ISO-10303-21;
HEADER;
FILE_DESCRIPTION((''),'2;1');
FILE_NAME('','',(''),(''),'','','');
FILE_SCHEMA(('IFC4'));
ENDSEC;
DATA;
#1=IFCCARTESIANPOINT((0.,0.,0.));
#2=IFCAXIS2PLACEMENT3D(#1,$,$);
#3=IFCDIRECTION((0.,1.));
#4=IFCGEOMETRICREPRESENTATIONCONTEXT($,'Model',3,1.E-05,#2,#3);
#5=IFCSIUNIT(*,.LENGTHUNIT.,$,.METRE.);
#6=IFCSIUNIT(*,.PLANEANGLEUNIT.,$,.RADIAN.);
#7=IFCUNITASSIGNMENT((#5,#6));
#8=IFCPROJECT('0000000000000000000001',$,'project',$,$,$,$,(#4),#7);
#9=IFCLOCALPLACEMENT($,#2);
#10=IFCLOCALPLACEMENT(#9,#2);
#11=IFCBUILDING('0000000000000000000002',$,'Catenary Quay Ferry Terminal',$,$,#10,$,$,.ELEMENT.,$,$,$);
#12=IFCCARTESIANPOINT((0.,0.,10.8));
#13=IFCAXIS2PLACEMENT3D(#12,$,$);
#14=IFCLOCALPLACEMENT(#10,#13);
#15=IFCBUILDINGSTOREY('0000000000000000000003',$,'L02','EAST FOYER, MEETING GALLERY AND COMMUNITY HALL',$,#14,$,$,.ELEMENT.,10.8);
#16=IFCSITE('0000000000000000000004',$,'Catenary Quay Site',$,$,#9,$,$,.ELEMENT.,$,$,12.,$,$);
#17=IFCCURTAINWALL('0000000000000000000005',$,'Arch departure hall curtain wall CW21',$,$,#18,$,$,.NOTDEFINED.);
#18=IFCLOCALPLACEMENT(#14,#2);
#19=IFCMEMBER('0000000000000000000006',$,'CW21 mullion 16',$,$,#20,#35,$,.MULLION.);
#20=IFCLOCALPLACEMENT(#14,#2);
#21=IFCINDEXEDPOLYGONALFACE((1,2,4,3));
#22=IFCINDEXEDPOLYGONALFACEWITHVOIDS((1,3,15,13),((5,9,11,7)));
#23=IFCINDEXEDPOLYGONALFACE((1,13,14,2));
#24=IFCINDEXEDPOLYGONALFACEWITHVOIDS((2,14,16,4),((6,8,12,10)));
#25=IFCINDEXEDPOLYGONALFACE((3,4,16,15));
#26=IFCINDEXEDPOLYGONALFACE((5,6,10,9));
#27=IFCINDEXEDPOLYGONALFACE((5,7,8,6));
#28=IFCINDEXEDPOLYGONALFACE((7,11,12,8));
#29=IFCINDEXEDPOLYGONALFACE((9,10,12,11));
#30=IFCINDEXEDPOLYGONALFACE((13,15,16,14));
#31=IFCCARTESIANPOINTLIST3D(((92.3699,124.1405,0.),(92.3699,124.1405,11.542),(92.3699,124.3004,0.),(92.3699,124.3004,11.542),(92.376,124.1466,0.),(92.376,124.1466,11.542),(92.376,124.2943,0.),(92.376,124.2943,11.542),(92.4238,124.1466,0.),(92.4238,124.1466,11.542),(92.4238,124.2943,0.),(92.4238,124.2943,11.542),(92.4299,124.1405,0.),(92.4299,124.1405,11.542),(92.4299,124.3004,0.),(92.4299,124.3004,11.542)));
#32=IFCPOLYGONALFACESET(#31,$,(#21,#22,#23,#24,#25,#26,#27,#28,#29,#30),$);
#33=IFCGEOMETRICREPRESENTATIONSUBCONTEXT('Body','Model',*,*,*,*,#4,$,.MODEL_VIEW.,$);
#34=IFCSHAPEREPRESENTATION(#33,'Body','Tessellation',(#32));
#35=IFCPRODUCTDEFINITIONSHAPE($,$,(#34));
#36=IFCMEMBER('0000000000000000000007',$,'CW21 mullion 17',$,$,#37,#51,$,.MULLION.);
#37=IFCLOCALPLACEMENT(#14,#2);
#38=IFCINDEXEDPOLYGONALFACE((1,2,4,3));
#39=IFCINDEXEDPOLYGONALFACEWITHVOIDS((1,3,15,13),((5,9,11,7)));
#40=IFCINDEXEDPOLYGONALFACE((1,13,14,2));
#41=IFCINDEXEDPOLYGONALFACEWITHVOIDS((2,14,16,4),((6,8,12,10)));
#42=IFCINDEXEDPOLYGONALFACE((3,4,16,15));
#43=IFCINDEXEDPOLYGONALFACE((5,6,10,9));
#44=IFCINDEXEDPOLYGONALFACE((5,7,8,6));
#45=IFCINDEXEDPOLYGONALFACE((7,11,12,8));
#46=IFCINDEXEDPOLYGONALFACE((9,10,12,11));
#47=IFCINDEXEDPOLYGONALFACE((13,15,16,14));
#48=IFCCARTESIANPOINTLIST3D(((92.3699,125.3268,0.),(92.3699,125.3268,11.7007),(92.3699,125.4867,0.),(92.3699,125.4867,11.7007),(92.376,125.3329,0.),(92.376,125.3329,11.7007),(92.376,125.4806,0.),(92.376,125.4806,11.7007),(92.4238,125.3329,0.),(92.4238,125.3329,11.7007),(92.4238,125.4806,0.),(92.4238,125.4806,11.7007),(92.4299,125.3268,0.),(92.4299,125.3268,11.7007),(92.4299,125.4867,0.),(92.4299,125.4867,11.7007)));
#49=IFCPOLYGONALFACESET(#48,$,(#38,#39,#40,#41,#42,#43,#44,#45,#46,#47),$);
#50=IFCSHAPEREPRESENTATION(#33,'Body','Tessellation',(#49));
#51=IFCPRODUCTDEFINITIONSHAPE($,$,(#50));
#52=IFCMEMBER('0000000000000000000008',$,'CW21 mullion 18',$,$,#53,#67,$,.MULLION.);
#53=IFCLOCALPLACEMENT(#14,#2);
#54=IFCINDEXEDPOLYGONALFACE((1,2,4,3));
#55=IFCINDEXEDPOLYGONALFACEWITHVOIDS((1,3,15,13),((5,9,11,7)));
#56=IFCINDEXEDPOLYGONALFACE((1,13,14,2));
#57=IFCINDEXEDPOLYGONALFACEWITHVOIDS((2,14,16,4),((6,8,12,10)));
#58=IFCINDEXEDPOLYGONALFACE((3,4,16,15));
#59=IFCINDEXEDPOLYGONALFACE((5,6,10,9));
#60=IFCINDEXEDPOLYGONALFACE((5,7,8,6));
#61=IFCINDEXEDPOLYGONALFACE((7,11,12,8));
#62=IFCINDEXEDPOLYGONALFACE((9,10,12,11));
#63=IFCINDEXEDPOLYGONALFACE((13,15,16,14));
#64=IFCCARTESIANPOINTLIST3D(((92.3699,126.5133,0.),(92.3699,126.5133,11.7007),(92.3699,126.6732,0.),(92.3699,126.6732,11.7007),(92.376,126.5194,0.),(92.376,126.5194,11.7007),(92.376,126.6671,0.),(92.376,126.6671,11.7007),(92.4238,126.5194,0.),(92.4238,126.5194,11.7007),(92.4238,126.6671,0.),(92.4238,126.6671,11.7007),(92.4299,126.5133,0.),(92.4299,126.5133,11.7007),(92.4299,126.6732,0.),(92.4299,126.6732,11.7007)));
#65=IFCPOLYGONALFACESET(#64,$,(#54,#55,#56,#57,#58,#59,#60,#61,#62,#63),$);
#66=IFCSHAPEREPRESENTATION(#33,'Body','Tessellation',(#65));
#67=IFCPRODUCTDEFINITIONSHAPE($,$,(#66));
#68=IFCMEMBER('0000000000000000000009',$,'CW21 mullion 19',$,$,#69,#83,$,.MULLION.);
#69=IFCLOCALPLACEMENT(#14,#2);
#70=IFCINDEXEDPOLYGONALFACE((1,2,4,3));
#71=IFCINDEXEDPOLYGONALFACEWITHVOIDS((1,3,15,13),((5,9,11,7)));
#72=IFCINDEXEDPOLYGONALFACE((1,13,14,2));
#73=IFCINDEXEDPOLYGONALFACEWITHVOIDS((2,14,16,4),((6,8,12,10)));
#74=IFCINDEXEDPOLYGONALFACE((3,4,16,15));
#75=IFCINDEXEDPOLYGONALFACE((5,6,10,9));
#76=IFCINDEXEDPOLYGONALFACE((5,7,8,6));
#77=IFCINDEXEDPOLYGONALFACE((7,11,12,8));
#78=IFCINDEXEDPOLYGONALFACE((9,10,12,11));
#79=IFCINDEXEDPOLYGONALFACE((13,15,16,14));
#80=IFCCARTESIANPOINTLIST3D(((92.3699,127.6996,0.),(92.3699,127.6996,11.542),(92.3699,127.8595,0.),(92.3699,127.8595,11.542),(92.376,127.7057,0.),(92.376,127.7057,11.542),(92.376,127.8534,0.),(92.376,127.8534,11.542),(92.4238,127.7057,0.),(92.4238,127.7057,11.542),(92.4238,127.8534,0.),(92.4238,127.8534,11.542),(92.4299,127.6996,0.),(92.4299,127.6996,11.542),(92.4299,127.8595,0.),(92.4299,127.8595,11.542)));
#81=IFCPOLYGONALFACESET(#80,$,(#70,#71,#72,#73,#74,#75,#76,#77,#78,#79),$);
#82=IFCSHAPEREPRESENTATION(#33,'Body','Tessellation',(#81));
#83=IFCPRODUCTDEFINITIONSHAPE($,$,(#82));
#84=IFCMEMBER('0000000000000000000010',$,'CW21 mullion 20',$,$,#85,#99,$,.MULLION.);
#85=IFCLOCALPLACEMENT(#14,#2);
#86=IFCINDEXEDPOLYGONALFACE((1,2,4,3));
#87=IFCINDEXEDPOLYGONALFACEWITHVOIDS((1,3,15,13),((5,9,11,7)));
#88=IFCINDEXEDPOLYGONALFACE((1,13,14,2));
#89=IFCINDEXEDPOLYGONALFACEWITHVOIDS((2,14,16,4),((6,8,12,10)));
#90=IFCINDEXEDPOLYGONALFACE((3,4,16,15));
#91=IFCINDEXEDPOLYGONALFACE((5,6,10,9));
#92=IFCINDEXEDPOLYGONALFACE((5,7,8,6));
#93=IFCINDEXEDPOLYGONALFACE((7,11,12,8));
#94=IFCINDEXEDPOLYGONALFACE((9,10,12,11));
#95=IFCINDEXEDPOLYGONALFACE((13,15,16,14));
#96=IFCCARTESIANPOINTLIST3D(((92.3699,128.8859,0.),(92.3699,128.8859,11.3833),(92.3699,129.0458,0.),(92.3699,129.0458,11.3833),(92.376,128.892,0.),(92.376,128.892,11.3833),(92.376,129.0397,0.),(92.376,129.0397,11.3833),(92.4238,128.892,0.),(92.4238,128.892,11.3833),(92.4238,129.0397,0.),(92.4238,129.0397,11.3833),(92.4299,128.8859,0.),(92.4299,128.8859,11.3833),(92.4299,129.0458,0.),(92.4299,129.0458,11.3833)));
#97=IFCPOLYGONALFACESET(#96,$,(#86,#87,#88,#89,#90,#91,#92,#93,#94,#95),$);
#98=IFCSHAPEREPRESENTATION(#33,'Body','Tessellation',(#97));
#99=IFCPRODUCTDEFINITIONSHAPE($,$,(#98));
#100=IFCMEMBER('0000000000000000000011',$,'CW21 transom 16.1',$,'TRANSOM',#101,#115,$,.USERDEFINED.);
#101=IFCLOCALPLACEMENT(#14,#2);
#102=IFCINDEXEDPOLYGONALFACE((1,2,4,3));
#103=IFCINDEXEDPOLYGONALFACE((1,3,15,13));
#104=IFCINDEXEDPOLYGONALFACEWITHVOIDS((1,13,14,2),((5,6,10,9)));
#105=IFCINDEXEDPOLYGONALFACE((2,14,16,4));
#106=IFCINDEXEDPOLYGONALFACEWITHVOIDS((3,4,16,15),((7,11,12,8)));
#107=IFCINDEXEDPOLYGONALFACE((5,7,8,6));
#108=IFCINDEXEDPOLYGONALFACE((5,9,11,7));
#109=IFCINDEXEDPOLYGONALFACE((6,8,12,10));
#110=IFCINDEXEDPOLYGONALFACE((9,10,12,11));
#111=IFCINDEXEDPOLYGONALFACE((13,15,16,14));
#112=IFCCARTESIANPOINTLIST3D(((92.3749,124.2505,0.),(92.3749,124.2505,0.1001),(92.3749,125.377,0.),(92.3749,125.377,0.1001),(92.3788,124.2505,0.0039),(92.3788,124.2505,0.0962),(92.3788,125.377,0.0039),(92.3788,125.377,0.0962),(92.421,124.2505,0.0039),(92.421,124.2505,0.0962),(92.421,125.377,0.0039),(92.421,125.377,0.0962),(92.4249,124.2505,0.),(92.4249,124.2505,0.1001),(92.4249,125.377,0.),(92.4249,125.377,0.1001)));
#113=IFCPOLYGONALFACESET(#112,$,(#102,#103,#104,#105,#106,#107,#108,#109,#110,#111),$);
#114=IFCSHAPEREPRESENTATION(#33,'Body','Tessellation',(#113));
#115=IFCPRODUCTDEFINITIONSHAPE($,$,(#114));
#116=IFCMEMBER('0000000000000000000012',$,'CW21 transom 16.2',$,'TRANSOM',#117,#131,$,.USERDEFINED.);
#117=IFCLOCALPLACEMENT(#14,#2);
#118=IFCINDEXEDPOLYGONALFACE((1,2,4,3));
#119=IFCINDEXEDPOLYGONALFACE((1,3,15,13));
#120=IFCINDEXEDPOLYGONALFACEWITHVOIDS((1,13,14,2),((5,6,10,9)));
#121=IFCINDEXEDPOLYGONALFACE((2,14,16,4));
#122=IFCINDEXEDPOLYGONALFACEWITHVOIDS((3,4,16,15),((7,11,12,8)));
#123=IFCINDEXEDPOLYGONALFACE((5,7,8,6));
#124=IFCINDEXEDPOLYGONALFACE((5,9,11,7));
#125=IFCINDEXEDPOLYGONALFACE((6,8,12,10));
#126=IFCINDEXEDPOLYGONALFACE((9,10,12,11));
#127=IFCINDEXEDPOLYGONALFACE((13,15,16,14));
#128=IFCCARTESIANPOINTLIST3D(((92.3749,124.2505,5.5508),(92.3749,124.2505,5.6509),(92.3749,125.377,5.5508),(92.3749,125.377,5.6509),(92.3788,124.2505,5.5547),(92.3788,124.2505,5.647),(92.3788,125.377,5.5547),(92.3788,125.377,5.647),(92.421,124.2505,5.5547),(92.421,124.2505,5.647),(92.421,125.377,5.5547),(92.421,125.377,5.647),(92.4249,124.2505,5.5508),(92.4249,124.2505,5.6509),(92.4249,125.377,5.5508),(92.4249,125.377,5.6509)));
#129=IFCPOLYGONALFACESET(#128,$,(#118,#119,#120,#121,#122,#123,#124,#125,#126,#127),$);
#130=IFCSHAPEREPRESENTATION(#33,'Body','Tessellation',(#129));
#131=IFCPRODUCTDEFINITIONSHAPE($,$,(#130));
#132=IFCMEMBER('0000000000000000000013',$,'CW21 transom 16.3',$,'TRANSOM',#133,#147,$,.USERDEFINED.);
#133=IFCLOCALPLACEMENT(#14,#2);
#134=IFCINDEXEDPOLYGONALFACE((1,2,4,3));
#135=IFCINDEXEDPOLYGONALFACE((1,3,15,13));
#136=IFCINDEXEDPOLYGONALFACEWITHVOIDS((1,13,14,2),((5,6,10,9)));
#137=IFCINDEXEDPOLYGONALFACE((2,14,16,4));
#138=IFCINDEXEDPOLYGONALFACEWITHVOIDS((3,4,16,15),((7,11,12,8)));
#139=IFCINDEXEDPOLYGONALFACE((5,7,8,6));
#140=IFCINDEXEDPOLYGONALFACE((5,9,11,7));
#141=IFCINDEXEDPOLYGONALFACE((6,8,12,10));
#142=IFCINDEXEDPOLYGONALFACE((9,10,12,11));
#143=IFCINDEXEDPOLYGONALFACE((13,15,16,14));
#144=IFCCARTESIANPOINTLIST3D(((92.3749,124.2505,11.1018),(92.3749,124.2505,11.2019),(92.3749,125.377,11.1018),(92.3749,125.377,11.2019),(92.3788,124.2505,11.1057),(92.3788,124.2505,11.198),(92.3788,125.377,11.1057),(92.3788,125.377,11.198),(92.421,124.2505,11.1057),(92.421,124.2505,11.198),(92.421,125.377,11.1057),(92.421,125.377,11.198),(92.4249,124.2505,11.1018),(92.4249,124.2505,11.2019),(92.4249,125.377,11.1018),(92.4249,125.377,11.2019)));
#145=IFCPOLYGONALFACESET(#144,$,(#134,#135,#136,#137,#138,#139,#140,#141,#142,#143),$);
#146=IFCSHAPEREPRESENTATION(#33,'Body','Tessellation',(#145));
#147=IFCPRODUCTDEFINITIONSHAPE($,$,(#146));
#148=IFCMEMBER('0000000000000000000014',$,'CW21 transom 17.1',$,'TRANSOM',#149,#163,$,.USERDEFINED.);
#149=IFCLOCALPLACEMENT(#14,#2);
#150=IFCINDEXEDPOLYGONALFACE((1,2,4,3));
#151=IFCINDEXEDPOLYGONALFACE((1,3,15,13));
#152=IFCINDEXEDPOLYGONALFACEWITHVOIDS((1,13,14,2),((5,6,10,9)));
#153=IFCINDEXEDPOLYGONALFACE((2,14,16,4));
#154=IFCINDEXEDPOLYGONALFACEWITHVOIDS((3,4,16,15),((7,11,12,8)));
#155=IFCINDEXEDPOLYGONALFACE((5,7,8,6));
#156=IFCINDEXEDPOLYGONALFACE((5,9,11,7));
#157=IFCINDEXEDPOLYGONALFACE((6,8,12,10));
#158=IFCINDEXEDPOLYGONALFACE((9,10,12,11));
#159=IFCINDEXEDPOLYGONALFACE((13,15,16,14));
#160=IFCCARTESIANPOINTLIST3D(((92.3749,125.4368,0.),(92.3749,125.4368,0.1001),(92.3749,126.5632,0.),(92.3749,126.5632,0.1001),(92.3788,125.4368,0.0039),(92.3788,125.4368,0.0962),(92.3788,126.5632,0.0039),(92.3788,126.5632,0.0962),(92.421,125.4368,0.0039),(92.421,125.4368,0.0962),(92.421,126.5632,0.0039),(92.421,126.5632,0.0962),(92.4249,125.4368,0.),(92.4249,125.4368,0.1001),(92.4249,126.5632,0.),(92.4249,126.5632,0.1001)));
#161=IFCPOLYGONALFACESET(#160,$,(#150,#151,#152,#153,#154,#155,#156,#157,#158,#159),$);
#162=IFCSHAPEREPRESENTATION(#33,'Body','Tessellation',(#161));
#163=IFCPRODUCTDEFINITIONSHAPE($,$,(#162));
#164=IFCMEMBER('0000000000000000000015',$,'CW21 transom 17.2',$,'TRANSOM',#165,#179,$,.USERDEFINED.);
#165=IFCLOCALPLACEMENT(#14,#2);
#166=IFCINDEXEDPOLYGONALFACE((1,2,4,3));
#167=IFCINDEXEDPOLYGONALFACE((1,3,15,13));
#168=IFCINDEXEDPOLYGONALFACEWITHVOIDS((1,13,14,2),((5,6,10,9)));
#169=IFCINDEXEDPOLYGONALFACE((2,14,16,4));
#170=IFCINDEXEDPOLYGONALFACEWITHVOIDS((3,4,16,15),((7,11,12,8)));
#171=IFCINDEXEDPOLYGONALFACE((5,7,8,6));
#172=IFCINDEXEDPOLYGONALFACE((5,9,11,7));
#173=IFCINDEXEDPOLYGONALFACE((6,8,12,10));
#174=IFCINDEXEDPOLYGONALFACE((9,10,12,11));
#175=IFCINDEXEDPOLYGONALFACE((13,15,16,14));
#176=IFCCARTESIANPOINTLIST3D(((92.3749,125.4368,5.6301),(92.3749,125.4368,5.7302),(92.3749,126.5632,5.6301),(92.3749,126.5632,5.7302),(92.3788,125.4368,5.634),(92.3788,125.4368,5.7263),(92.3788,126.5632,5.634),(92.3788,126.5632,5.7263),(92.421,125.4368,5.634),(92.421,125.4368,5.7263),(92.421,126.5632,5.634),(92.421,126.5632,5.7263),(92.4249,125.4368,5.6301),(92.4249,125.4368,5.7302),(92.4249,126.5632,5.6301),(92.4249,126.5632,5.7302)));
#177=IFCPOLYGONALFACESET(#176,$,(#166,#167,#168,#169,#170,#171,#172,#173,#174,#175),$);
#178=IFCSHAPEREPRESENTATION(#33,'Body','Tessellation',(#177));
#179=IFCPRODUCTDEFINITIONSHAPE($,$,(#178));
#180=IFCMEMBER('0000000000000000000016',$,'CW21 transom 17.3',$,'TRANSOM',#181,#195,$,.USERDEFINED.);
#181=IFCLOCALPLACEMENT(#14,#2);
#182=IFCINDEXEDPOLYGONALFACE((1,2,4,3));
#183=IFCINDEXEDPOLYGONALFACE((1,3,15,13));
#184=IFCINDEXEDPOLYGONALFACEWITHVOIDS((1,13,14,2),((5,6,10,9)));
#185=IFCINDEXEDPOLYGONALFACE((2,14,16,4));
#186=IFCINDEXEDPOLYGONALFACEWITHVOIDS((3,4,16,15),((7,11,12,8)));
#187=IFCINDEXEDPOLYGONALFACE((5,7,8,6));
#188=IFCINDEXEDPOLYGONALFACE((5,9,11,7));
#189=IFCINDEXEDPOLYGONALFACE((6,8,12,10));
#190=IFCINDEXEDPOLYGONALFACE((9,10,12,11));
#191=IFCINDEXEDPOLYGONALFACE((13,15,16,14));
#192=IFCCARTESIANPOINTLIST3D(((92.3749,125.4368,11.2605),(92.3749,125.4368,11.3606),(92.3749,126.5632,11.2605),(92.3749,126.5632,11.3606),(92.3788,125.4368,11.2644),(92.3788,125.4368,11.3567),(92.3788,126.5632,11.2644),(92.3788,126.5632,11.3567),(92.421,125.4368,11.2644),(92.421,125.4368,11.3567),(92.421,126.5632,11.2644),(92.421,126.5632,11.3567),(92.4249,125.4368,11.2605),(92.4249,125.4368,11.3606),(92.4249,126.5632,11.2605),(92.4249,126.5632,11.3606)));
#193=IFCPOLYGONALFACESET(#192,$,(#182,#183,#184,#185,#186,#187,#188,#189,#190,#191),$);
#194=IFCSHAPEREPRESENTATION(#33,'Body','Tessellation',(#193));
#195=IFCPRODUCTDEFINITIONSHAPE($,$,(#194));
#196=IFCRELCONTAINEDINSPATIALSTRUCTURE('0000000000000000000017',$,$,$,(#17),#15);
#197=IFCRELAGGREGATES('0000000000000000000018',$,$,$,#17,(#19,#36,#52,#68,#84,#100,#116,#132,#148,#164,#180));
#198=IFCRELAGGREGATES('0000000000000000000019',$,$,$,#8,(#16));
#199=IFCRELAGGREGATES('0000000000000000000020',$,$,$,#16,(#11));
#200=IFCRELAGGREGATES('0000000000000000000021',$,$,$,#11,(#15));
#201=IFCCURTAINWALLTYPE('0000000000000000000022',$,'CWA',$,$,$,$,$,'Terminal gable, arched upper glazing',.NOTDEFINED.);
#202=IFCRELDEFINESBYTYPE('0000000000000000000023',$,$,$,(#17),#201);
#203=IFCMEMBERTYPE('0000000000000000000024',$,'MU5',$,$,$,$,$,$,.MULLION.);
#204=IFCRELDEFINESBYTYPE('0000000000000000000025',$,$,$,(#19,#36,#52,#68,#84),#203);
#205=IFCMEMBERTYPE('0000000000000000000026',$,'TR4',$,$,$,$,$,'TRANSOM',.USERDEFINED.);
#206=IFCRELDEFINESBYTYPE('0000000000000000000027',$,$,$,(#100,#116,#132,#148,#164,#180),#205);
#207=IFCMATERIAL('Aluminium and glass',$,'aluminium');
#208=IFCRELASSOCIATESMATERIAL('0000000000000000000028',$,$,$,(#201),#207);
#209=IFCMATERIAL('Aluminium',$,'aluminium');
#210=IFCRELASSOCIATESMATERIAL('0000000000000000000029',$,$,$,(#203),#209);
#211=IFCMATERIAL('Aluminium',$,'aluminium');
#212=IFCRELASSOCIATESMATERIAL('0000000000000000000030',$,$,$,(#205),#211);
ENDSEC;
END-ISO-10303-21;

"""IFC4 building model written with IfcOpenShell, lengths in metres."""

from ifc_helpers import new_model, si_unit, direction, frame, origin, origin_2d, place, context, subcontext, project, spatial, hollow_rectangle, extrude, material, material_profile, profile_set, type_object, element, aggregate, save


model = new_model("IFC4")

# Units and contexts
model_context = context("Model", 3, precision=1e-05, world=origin(), true_north=direction((0.0, 1.0)))
body_context = subcontext(model_context, "Body", "Model", "MODEL_VIEW")
ifc_project = project(units=[si_unit("LENGTHUNIT", "METRE"), si_unit("PLANEANGLEUNIT", "RADIAN")], contexts=[model_context])

# Site, building, storey
site_placement = place(None, origin())
site = spatial("IfcSite", under=ifc_project, at=site_placement, Name="Catenary Quay Site", CompositionType="ELEMENT", RefElevation=12.0)
building_placement = place(site_placement, origin())
building = spatial("IfcBuilding", under=site, at=building_placement, Name="Catenary Quay Ferry Terminal", CompositionType="ELEMENT")
storey_placement = place(building_placement, frame((0.0, 0.0, 10.8)))
storey = spatial("IfcBuildingStorey", under=building, at=storey_placement, Name="L02", Description="EAST FOYER, MEETING GALLERY AND COMMUNITY HALL", CompositionType="ELEMENT", Elevation=10.8)

# Curtain wall, members
ifc_material_1 = material(Name="Aluminium and glass", Category="aluminium")
curtain_wall_type = type_object("IfcCurtainWallType", Name="CWA", ElementType="Terminal gable, arched upper glazing", PredefinedType="NOTDEFINED", material=ifc_material_1)
curtain_wall_placement = place(storey_placement, origin())
curtain_wall = element("IfcCurtainWall", 1, at=curtain_wall_placement, inside=storey, type_object=curtain_wall_type, Name="Arch departure hall curtain wall CW21", PredefinedType="NOTDEFINED")
ifc_material_2 = material(Name="Aluminium", Category="aluminium")
ifc_material_profile_1 = material_profile(ifc_material_2, hollow_rectangle(XDim=0.0601, YDim=0.1599, WallThickness=0.0061, at=origin_2d()), Name="MU5")
ifc_profile_set_1 = profile_set([ifc_material_profile_1], Name="Aluminium")
member_type_1 = type_object("IfcMemberType", Name="MU5", PredefinedType="MULLION", material=ifc_profile_set_1)
member_1_placement = place(storey_placement, frame((92.3999, 124.2205, 0.0), z_axis=(0.0, 0.0, 1.0), x_axis=(-1.0, 0.0, 0.0)))
member_1 = element("IfcMember", 2, at=member_1_placement, type_object=member_type_1, Name="CW21 mullion 16", PredefinedType="MULLION", context=body_context, shape_type="SweptSolid", body=[
    extrude(hollow_rectangle(XDim=0.0601, YDim=0.1599, WallThickness=0.0061, at=origin_2d()), origin(), (0.0, 0.0, 1.0), 11.542),
])
member_2_placement = place(storey_placement, frame((92.3999, 125.4067, 0.0), z_axis=(0.0, 0.0, 1.0), x_axis=(-1.0, 0.0, 0.0)))
member_2 = element("IfcMember", 3, at=member_2_placement, type_object=member_type_1, Name="CW21 mullion 17", PredefinedType="MULLION", context=body_context, shape_type="SweptSolid", body=[
    extrude(hollow_rectangle(XDim=0.0601, YDim=0.1599, WallThickness=0.0061, at=origin_2d()), origin(), (0.0, 0.0, 1.0), 11.7007),
])
member_3_placement = place(storey_placement, frame((92.3999, 126.5933, 0.0), z_axis=(0.0, 0.0, 1.0), x_axis=(-1.0, 0.0, 0.0)))
member_3 = element("IfcMember", 4, at=member_3_placement, type_object=member_type_1, Name="CW21 mullion 18", PredefinedType="MULLION", context=body_context, shape_type="SweptSolid", body=[
    extrude(hollow_rectangle(XDim=0.0601, YDim=0.1599, WallThickness=0.0061, at=origin_2d()), origin(), (0.0, 0.0, 1.0), 11.7007),
])
member_4_placement = place(storey_placement, frame((92.3999, 127.7795, 0.0), z_axis=(0.0, 0.0, 1.0), x_axis=(-1.0, 0.0, 0.0)))
member_4 = element("IfcMember", 5, at=member_4_placement, type_object=member_type_1, Name="CW21 mullion 19", PredefinedType="MULLION", context=body_context, shape_type="SweptSolid", body=[
    extrude(hollow_rectangle(XDim=0.0601, YDim=0.1599, WallThickness=0.0061, at=origin_2d()), origin(), (0.0, 0.0, 1.0), 11.542),
])
member_5_placement = place(storey_placement, frame((92.3999, 128.9658, 0.0), z_axis=(0.0, 0.0, 1.0), x_axis=(-1.0, 0.0, 0.0)))
member_5 = element("IfcMember", 6, at=member_5_placement, type_object=member_type_1, Name="CW21 mullion 20", PredefinedType="MULLION", context=body_context, shape_type="SweptSolid", body=[
    extrude(hollow_rectangle(XDim=0.0601, YDim=0.1599, WallThickness=0.0061, at=origin_2d()), origin(), (0.0, 0.0, 1.0), 11.3833),
])
ifc_material_3 = material(Name="Aluminium", Category="aluminium")
ifc_material_profile_2 = material_profile(ifc_material_3, hollow_rectangle(XDim=0.05, YDim=0.1001, WallThickness=0.0039, at=origin_2d()), Name="TR4")
ifc_profile_set_2 = profile_set([ifc_material_profile_2], Name="Aluminium")
member_type_2 = type_object("IfcMemberType", Name="TR4", ElementType="TRANSOM", PredefinedType="USERDEFINED", material=ifc_profile_set_2)
member_6_placement = place(storey_placement, frame((92.3999, 124.2505, 0.05), z_axis=(0.0, 1.0, 0.0), x_axis=(-1.0, 0.0, 0.0)))
member_6 = element("IfcMember", 7, at=member_6_placement, type_object=member_type_2, Name="CW21 transom 16.1", ObjectType="TRANSOM", PredefinedType="USERDEFINED", context=body_context, shape_type="SweptSolid", body=[
    extrude(hollow_rectangle(XDim=0.05, YDim=0.1001, WallThickness=0.0039, at=origin_2d()), origin(), (0.0, 0.0, 1.0), 1.1265),
])
member_7_placement = place(storey_placement, frame((92.3999, 124.2505, 5.6008), z_axis=(0.0, 1.0, 0.0), x_axis=(-1.0, 0.0, 0.0)))
member_7 = element("IfcMember", 8, at=member_7_placement, type_object=member_type_2, Name="CW21 transom 16.2", ObjectType="TRANSOM", PredefinedType="USERDEFINED", context=body_context, shape_type="SweptSolid", body=[
    extrude(hollow_rectangle(XDim=0.05, YDim=0.1001, WallThickness=0.0039, at=origin_2d()), origin(), (0.0, 0.0, 1.0), 1.1265),
])
member_8_placement = place(storey_placement, frame((92.3999, 124.2505, 11.1519), z_axis=(0.0, 1.0, 0.0), x_axis=(-1.0, 0.0, 0.0)))
member_8 = element("IfcMember", 9, at=member_8_placement, type_object=member_type_2, Name="CW21 transom 16.3", ObjectType="TRANSOM", PredefinedType="USERDEFINED", context=body_context, shape_type="SweptSolid", body=[
    extrude(hollow_rectangle(XDim=0.05, YDim=0.1001, WallThickness=0.0039, at=origin_2d()), origin(), (0.0, 0.0, 1.0), 1.1265),
])
member_9_placement = place(storey_placement, frame((92.3999, 125.4368, 0.05), z_axis=(0.0, 1.0, 0.0), x_axis=(-1.0, 0.0, 0.0)))
member_9 = element("IfcMember", 10, at=member_9_placement, type_object=member_type_2, Name="CW21 transom 17.1", ObjectType="TRANSOM", PredefinedType="USERDEFINED", context=body_context, shape_type="SweptSolid", body=[
    extrude(hollow_rectangle(XDim=0.05, YDim=0.1001, WallThickness=0.0039, at=origin_2d()), origin(), (0.0, 0.0, 1.0), 1.1265),
])
member_10_placement = place(storey_placement, frame((92.3999, 125.4368, 5.6802), z_axis=(0.0, 1.0, 0.0), x_axis=(-1.0, 0.0, 0.0)))
member_10 = element("IfcMember", 11, at=member_10_placement, type_object=member_type_2, Name="CW21 transom 17.2", ObjectType="TRANSOM", PredefinedType="USERDEFINED", context=body_context, shape_type="SweptSolid", body=[
    extrude(hollow_rectangle(XDim=0.05, YDim=0.1001, WallThickness=0.0039, at=origin_2d()), origin(), (0.0, 0.0, 1.0), 1.1265),
])
member_11_placement = place(storey_placement, frame((92.3999, 125.4368, 11.3105), z_axis=(0.0, 1.0, 0.0), x_axis=(-1.0, 0.0, 0.0)))
member_11 = element("IfcMember", 12, at=member_11_placement, type_object=member_type_2, Name="CW21 transom 17.3", ObjectType="TRANSOM", PredefinedType="USERDEFINED", context=body_context, shape_type="SweptSolid", body=[
    extrude(hollow_rectangle(XDim=0.05, YDim=0.1001, WallThickness=0.0039, at=origin_2d()), origin(), (0.0, 0.0, 1.0), 1.1265),
])
aggregate(curtain_wall, [member_1, member_2, member_3, member_4, member_5, member_6, member_7, member_8, member_9, member_10, member_11])

save(model, "model.ifc")
